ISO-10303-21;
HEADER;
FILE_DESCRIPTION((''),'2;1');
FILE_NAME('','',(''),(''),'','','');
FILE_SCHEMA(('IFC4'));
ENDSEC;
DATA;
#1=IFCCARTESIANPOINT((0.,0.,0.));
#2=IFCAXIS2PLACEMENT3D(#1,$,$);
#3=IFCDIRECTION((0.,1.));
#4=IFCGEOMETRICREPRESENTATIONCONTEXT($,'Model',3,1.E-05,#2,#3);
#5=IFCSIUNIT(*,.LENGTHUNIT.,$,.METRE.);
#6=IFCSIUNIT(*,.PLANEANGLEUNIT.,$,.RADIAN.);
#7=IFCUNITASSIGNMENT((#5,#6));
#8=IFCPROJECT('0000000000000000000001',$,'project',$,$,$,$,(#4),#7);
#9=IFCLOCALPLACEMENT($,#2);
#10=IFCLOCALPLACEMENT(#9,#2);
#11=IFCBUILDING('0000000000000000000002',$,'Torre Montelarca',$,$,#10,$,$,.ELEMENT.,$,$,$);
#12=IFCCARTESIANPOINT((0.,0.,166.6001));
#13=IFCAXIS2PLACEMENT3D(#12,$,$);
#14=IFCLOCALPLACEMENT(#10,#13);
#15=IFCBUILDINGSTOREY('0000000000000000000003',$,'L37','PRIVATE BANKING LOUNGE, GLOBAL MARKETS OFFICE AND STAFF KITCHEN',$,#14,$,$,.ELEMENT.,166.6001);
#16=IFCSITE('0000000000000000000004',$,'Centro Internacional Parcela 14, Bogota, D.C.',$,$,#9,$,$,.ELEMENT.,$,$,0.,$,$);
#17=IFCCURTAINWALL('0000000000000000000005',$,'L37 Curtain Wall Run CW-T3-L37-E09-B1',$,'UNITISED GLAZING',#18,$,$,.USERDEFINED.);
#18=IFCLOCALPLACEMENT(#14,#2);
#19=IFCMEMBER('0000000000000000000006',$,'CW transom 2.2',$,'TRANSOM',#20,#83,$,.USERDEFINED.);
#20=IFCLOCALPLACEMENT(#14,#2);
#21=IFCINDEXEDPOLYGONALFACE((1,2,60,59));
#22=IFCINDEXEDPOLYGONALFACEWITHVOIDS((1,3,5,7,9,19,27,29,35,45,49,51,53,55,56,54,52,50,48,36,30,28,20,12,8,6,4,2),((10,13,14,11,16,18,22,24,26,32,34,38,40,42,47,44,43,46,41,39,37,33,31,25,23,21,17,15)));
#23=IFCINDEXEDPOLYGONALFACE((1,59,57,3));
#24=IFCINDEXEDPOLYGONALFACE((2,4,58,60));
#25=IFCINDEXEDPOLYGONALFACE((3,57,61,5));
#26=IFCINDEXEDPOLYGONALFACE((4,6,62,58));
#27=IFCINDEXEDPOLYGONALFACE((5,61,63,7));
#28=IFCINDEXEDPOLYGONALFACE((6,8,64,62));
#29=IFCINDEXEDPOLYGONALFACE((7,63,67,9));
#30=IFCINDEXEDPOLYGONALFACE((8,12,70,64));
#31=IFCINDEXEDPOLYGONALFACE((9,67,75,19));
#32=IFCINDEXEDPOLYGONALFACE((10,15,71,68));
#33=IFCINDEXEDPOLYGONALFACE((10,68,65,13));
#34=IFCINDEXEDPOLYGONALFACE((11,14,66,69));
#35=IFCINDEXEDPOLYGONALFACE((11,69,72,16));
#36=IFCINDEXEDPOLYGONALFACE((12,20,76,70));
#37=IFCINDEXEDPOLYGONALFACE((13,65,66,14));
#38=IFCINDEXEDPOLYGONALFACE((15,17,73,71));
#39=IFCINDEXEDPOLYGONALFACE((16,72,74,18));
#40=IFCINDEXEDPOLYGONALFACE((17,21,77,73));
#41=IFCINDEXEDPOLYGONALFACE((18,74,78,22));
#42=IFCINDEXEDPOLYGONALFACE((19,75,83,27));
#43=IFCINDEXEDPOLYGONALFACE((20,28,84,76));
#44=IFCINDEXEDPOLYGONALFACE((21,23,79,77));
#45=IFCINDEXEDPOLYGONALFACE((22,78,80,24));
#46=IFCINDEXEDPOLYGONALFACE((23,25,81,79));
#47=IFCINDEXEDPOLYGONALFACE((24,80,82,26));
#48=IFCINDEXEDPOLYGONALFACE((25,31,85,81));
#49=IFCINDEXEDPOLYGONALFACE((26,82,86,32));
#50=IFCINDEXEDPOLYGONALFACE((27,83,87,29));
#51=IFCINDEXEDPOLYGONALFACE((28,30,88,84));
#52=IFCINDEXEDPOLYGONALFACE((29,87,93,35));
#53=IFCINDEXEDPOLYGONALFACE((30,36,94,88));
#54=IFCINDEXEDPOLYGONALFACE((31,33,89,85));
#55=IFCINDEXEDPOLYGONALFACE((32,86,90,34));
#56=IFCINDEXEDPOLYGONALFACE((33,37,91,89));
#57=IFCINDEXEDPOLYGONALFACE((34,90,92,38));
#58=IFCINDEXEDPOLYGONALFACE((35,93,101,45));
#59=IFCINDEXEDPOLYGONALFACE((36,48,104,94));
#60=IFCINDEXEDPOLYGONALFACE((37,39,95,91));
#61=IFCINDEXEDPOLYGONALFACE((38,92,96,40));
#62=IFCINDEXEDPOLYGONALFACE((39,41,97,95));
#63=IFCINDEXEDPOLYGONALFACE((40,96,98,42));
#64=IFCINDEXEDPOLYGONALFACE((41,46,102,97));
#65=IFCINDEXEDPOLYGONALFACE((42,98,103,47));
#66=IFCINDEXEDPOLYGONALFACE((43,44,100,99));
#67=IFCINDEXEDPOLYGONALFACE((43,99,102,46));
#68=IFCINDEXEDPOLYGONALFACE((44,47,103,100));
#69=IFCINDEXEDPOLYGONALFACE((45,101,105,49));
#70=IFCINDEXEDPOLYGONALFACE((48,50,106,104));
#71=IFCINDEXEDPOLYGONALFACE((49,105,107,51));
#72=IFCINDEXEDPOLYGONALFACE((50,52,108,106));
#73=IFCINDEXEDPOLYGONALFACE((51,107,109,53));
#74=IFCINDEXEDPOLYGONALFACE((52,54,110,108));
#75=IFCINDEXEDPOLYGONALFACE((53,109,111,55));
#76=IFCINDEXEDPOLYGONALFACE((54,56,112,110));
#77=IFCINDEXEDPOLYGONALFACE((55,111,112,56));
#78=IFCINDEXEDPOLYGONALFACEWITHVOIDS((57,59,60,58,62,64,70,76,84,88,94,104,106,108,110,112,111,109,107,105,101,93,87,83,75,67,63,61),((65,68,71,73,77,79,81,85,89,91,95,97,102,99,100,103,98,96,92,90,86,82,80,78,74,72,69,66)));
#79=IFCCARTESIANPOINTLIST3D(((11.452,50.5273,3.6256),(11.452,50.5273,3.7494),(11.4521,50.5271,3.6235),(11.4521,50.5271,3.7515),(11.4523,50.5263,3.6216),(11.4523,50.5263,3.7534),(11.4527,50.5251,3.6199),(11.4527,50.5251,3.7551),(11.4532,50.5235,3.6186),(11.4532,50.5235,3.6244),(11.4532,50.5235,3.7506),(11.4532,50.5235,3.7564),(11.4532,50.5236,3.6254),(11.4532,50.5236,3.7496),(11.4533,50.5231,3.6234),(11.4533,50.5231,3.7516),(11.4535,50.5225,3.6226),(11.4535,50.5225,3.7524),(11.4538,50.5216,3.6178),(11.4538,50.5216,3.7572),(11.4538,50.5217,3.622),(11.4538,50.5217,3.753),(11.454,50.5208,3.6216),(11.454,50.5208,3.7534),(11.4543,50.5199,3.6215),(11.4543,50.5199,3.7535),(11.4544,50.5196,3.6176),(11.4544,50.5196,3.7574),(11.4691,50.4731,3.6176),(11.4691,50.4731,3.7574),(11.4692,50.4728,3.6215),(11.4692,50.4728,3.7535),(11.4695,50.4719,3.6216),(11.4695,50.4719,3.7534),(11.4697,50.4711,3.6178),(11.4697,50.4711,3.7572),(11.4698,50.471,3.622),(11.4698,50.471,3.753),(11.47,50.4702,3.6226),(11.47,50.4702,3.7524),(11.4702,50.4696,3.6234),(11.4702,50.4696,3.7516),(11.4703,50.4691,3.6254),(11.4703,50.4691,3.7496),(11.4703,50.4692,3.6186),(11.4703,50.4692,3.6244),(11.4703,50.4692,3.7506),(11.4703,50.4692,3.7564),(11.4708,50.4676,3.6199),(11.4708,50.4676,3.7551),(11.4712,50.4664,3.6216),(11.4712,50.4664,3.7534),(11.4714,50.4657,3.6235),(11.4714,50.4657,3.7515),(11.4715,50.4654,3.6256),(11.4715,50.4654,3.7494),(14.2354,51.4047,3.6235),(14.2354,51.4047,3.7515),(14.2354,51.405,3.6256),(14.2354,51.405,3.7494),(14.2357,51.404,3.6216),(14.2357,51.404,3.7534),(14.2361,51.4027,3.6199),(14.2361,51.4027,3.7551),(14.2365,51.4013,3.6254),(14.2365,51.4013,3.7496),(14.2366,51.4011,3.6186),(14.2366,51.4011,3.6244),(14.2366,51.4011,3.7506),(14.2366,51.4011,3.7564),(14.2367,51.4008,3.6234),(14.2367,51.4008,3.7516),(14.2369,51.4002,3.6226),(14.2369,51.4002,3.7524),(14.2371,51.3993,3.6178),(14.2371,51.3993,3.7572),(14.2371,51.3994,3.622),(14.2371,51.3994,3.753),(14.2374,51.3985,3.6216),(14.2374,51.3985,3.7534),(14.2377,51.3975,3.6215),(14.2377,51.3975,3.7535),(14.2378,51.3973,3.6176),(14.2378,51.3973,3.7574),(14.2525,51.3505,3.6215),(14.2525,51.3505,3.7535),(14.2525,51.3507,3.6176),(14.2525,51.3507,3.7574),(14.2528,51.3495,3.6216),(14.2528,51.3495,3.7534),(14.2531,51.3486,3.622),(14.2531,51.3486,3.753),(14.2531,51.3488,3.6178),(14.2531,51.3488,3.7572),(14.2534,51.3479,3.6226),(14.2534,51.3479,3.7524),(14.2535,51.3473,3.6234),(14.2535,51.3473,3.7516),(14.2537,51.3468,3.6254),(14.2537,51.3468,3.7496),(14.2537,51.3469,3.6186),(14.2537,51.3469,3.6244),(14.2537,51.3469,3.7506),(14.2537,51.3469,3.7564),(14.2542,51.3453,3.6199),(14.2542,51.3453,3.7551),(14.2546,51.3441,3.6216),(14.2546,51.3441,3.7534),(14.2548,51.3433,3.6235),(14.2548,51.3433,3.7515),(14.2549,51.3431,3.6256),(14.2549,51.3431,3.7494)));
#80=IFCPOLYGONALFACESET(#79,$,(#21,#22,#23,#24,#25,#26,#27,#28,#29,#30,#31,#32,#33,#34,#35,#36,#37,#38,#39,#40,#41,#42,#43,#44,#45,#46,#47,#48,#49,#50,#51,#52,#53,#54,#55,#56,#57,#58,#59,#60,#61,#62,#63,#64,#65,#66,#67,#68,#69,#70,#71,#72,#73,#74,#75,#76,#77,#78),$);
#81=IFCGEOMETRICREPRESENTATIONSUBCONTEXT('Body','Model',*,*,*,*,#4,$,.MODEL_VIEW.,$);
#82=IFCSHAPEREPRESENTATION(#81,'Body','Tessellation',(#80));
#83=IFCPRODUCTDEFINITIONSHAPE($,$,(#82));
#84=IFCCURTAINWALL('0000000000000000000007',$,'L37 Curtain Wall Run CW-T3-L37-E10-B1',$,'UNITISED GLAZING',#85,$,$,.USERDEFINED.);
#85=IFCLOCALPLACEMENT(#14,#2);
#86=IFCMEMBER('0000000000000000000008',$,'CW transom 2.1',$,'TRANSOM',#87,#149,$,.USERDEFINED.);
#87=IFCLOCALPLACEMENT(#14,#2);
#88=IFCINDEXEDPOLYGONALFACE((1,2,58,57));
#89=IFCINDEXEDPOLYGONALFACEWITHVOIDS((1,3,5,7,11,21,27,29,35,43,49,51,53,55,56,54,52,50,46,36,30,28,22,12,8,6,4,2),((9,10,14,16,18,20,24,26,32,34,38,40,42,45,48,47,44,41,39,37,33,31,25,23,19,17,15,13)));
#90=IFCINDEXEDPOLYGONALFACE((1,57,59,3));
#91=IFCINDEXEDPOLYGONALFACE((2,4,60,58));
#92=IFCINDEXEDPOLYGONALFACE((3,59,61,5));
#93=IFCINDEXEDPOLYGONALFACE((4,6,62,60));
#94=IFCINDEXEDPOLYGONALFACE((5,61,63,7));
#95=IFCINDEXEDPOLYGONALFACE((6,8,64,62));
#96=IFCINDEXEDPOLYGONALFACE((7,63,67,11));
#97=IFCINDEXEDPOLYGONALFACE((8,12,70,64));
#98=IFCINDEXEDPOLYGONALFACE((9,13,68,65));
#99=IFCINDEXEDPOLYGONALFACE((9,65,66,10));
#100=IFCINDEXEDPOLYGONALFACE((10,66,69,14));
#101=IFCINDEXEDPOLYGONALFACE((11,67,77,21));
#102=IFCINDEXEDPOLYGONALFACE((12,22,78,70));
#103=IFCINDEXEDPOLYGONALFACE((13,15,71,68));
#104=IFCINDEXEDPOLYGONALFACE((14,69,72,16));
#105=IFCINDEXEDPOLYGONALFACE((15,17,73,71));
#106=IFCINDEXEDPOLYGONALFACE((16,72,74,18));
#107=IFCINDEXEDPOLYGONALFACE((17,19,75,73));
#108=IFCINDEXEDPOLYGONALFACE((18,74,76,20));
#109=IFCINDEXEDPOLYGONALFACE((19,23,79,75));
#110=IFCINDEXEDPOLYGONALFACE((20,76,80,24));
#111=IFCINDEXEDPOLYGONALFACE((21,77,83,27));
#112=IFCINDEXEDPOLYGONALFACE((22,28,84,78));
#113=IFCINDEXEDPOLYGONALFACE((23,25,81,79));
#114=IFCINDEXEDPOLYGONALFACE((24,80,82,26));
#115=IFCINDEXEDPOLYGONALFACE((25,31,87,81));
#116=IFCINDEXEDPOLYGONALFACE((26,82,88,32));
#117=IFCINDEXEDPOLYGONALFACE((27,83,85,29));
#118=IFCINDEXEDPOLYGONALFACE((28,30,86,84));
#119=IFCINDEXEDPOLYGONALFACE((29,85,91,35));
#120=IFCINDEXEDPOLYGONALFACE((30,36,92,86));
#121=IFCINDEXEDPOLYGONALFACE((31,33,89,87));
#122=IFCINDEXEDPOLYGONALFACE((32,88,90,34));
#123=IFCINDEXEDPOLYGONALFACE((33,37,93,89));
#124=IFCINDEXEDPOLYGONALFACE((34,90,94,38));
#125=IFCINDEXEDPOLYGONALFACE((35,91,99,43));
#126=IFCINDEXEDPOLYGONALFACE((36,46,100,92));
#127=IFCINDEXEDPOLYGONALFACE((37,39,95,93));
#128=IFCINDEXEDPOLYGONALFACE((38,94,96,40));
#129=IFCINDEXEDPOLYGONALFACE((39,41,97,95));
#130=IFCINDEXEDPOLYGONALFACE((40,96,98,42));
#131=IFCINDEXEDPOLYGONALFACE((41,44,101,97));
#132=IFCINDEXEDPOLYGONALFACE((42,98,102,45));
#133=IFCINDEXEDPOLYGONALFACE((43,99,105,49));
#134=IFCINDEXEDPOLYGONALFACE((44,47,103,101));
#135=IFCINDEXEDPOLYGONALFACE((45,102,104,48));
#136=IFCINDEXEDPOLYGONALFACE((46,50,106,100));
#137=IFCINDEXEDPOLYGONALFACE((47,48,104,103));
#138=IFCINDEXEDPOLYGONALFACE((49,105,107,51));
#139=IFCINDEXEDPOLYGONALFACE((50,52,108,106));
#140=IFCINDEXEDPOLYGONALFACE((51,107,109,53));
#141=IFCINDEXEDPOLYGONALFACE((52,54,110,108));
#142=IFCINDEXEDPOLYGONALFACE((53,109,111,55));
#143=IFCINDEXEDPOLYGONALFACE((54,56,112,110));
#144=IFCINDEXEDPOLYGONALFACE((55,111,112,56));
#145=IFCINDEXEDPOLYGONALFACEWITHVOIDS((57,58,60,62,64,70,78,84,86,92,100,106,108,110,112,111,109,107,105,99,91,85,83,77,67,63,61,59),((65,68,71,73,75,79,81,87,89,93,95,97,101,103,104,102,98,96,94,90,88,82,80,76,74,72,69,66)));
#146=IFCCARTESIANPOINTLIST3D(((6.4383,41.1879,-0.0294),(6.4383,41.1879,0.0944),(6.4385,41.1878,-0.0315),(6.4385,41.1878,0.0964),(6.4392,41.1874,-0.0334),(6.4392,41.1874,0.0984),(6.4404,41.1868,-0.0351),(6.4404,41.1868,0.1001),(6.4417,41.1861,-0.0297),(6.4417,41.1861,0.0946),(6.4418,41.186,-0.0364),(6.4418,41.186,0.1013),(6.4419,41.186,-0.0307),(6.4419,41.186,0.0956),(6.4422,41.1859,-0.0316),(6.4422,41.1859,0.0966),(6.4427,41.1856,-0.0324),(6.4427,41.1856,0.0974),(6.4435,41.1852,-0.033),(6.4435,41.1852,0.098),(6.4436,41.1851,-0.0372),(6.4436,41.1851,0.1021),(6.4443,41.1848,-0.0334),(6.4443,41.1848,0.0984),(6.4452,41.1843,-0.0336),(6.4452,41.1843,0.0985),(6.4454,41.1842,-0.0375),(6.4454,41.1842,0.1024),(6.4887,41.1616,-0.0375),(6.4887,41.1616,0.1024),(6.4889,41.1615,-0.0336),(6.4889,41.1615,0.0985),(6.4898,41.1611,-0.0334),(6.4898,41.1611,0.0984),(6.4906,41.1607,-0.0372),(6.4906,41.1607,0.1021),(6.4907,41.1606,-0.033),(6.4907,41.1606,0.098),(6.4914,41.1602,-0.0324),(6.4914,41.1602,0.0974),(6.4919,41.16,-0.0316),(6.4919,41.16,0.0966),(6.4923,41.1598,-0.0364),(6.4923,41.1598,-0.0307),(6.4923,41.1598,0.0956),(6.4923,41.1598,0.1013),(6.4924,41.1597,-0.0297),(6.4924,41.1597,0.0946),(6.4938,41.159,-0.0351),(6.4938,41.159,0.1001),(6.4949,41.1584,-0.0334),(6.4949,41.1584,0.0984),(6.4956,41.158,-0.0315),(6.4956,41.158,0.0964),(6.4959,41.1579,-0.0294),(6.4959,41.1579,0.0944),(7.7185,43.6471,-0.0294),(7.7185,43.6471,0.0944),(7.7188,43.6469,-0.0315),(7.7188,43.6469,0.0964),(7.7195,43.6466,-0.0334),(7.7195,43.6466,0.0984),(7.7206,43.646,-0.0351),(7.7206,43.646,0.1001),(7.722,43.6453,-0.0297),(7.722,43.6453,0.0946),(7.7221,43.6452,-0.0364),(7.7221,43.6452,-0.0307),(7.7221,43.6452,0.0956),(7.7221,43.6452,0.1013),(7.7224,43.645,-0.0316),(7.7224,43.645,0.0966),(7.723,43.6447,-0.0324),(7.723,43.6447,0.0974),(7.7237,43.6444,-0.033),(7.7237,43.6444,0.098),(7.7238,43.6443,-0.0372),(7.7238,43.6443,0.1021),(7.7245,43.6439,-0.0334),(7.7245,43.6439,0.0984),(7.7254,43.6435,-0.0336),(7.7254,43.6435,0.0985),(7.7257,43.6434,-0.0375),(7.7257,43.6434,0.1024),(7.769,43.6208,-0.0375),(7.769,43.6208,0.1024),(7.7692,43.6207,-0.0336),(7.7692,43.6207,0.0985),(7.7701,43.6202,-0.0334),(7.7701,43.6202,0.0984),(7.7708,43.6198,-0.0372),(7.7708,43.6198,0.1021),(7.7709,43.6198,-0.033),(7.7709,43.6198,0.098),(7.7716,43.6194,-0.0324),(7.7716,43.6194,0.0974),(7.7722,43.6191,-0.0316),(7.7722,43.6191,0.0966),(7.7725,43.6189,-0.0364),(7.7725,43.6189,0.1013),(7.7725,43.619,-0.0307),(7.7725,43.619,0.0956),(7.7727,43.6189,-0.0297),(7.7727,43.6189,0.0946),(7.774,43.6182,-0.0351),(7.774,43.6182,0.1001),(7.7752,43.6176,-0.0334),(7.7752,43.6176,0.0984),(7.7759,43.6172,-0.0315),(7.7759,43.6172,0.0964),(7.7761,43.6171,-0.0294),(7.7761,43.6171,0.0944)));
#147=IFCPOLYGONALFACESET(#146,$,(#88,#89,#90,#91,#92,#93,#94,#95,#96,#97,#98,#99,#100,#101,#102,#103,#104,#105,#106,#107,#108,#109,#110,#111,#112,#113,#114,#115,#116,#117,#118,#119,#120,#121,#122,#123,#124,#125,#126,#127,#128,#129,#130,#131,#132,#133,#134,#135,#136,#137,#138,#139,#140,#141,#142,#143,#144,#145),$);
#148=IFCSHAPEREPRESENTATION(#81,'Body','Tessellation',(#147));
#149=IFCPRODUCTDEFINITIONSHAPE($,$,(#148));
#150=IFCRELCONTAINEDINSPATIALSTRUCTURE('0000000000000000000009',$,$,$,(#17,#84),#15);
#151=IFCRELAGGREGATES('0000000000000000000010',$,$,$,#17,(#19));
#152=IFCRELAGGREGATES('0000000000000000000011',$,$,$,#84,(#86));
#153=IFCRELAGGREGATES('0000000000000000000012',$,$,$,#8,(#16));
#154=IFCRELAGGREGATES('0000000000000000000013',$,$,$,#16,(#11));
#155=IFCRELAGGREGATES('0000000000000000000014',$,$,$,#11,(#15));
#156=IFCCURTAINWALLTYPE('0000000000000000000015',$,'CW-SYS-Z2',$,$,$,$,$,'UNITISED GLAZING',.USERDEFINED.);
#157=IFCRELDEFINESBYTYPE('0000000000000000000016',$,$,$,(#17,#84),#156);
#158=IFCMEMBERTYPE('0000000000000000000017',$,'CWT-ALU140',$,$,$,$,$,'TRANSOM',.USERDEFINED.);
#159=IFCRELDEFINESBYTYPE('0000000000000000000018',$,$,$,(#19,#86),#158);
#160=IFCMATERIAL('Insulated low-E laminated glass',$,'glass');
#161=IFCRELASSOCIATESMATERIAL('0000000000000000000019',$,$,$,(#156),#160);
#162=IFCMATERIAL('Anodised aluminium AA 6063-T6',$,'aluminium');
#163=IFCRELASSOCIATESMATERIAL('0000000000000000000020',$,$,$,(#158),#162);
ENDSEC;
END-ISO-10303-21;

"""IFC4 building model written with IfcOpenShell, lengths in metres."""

from ifc_helpers import new_model, si_unit, direction, frame, origin, origin_2d, place, context, subcontext, project, spatial, hollow_rectangle, extrude, source, transform, mapped, material, material_profile, profile_set, type_object, element, aggregate, save


model = new_model("IFC4")

# Units and contexts
model_context = context("Model", 3, precision=1e-05, world=origin(), true_north=direction((0.0, 1.0)))
body_context = subcontext(model_context, "Body", "Model", "MODEL_VIEW")
ifc_project = project(units=[si_unit("LENGTHUNIT", "METRE"), si_unit("PLANEANGLEUNIT", "RADIAN")], contexts=[model_context])

# Site, building, storey
site_placement = place(None, origin())
site = spatial("IfcSite", under=ifc_project, at=site_placement, Name="Centro Internacional Parcela 14, Bogota, D.C.", CompositionType="ELEMENT", RefElevation=0.0)
building_placement = place(site_placement, origin())
building = spatial("IfcBuilding", under=site, at=building_placement, Name="Torre Montelarca", CompositionType="ELEMENT")
storey_placement = place(building_placement, frame((0.0, 0.0, 166.6001)))
storey = spatial("IfcBuildingStorey", under=building, at=storey_placement, Name="L37", Description="PRIVATE BANKING LOUNGE, GLOBAL MARKETS OFFICE AND STAFF KITCHEN", CompositionType="ELEMENT", Elevation=166.6001)

# Curtain walls, members
ifc_material_1 = material(Name="Insulated low-E laminated glass", Category="glass")
curtain_wall_type = type_object("IfcCurtainWallType", Name="CW-SYS-Z2", ElementType="UNITISED GLAZING", PredefinedType="USERDEFINED", material=ifc_material_1)
curtain_wall_1_placement = place(storey_placement, origin())
curtain_wall_1 = element("IfcCurtainWall", 1, at=curtain_wall_1_placement, inside=storey, type_object=curtain_wall_type, Name="L37 Curtain Wall Run CW-T3-L37-E09-B1", ObjectType="UNITISED GLAZING", PredefinedType="USERDEFINED")
ifc_material_2 = material(Name="Anodised aluminium AA 6063-T6", Category="aluminium")
ifc_material_profile_1 = material_profile(ifc_material_2, hollow_rectangle(XDim=0.0649, YDim=0.1399, WallThickness=0.0039, InnerFilletRadius=0.0039, OuterFilletRadius=0.0081, at=origin_2d()), Name="ALU65X140X4", Category="aluminium")
ifc_profile_set_1 = profile_set([ifc_material_profile_1], Name="Anodised aluminium AA 6063-T6")
member_type_1 = type_object("IfcMemberType", Name="CWT-ALU140", ElementType="TRANSOM", PredefinedType="USERDEFINED", material=ifc_profile_set_1)
shared_shape_1 = source(origin(), body_context, "Body", "SweptSolid", [
    extrude(hollow_rectangle(XDim=0.0649, YDim=0.1399, WallThickness=0.0039, InnerFilletRadius=0.0039, OuterFilletRadius=0.0081, at=origin_2d()), origin(), (0.0, 0.0, 1.0), 2.9185),
])
member_1_placement = place(storey_placement, frame((14.2451, 51.374, 3.6875), z_axis=(-0.95371, -0.300727, 0.0), x_axis=(0.300727, -0.95371, 0.0)))
member_1 = element("IfcMember", 2, at=member_1_placement, type_object=member_type_1, Name="CW transom 2.2", ObjectType="TRANSOM", PredefinedType="USERDEFINED", context=body_context, shape_type="MappedRepresentation", body=[
    mapped(shared_shape_1, transform((0.0, 0.0, 0.0), scale=1.0)),
])
curtain_wall_2_placement = place(storey_placement, origin())
curtain_wall_2 = element("IfcCurtainWall", 3, at=curtain_wall_2_placement, inside=storey, type_object=curtain_wall_type, Name="L37 Curtain Wall Run CW-T3-L37-E10-B1", ObjectType="UNITISED GLAZING", PredefinedType="USERDEFINED")
shared_shape_2 = source(origin(), body_context, "Body", "SweptSolid", [
    extrude(hollow_rectangle(XDim=0.0649, YDim=0.1399, WallThickness=0.0039, InnerFilletRadius=0.0039, OuterFilletRadius=0.0081, at=origin_2d()), origin(), (0.0, 0.0, 1.0), 2.7725),
])
member_2_placement = place(storey_placement, frame((7.7473, 43.6321, 0.0325), z_axis=(-0.461771, -0.886999, 0.0), x_axis=(0.886999, -0.461771, 0.0)))
member_2 = element("IfcMember", 4, at=member_2_placement, type_object=member_type_1, Name="CW transom 2.1", ObjectType="TRANSOM", PredefinedType="USERDEFINED", context=body_context, shape_type="MappedRepresentation", body=[
    mapped(shared_shape_2, transform((0.0, 0.0, 0.0), scale=1.0)),
])

aggregate(curtain_wall_1, [member_1])
aggregate(curtain_wall_2, [member_2])

save(model, "model.ifc")
